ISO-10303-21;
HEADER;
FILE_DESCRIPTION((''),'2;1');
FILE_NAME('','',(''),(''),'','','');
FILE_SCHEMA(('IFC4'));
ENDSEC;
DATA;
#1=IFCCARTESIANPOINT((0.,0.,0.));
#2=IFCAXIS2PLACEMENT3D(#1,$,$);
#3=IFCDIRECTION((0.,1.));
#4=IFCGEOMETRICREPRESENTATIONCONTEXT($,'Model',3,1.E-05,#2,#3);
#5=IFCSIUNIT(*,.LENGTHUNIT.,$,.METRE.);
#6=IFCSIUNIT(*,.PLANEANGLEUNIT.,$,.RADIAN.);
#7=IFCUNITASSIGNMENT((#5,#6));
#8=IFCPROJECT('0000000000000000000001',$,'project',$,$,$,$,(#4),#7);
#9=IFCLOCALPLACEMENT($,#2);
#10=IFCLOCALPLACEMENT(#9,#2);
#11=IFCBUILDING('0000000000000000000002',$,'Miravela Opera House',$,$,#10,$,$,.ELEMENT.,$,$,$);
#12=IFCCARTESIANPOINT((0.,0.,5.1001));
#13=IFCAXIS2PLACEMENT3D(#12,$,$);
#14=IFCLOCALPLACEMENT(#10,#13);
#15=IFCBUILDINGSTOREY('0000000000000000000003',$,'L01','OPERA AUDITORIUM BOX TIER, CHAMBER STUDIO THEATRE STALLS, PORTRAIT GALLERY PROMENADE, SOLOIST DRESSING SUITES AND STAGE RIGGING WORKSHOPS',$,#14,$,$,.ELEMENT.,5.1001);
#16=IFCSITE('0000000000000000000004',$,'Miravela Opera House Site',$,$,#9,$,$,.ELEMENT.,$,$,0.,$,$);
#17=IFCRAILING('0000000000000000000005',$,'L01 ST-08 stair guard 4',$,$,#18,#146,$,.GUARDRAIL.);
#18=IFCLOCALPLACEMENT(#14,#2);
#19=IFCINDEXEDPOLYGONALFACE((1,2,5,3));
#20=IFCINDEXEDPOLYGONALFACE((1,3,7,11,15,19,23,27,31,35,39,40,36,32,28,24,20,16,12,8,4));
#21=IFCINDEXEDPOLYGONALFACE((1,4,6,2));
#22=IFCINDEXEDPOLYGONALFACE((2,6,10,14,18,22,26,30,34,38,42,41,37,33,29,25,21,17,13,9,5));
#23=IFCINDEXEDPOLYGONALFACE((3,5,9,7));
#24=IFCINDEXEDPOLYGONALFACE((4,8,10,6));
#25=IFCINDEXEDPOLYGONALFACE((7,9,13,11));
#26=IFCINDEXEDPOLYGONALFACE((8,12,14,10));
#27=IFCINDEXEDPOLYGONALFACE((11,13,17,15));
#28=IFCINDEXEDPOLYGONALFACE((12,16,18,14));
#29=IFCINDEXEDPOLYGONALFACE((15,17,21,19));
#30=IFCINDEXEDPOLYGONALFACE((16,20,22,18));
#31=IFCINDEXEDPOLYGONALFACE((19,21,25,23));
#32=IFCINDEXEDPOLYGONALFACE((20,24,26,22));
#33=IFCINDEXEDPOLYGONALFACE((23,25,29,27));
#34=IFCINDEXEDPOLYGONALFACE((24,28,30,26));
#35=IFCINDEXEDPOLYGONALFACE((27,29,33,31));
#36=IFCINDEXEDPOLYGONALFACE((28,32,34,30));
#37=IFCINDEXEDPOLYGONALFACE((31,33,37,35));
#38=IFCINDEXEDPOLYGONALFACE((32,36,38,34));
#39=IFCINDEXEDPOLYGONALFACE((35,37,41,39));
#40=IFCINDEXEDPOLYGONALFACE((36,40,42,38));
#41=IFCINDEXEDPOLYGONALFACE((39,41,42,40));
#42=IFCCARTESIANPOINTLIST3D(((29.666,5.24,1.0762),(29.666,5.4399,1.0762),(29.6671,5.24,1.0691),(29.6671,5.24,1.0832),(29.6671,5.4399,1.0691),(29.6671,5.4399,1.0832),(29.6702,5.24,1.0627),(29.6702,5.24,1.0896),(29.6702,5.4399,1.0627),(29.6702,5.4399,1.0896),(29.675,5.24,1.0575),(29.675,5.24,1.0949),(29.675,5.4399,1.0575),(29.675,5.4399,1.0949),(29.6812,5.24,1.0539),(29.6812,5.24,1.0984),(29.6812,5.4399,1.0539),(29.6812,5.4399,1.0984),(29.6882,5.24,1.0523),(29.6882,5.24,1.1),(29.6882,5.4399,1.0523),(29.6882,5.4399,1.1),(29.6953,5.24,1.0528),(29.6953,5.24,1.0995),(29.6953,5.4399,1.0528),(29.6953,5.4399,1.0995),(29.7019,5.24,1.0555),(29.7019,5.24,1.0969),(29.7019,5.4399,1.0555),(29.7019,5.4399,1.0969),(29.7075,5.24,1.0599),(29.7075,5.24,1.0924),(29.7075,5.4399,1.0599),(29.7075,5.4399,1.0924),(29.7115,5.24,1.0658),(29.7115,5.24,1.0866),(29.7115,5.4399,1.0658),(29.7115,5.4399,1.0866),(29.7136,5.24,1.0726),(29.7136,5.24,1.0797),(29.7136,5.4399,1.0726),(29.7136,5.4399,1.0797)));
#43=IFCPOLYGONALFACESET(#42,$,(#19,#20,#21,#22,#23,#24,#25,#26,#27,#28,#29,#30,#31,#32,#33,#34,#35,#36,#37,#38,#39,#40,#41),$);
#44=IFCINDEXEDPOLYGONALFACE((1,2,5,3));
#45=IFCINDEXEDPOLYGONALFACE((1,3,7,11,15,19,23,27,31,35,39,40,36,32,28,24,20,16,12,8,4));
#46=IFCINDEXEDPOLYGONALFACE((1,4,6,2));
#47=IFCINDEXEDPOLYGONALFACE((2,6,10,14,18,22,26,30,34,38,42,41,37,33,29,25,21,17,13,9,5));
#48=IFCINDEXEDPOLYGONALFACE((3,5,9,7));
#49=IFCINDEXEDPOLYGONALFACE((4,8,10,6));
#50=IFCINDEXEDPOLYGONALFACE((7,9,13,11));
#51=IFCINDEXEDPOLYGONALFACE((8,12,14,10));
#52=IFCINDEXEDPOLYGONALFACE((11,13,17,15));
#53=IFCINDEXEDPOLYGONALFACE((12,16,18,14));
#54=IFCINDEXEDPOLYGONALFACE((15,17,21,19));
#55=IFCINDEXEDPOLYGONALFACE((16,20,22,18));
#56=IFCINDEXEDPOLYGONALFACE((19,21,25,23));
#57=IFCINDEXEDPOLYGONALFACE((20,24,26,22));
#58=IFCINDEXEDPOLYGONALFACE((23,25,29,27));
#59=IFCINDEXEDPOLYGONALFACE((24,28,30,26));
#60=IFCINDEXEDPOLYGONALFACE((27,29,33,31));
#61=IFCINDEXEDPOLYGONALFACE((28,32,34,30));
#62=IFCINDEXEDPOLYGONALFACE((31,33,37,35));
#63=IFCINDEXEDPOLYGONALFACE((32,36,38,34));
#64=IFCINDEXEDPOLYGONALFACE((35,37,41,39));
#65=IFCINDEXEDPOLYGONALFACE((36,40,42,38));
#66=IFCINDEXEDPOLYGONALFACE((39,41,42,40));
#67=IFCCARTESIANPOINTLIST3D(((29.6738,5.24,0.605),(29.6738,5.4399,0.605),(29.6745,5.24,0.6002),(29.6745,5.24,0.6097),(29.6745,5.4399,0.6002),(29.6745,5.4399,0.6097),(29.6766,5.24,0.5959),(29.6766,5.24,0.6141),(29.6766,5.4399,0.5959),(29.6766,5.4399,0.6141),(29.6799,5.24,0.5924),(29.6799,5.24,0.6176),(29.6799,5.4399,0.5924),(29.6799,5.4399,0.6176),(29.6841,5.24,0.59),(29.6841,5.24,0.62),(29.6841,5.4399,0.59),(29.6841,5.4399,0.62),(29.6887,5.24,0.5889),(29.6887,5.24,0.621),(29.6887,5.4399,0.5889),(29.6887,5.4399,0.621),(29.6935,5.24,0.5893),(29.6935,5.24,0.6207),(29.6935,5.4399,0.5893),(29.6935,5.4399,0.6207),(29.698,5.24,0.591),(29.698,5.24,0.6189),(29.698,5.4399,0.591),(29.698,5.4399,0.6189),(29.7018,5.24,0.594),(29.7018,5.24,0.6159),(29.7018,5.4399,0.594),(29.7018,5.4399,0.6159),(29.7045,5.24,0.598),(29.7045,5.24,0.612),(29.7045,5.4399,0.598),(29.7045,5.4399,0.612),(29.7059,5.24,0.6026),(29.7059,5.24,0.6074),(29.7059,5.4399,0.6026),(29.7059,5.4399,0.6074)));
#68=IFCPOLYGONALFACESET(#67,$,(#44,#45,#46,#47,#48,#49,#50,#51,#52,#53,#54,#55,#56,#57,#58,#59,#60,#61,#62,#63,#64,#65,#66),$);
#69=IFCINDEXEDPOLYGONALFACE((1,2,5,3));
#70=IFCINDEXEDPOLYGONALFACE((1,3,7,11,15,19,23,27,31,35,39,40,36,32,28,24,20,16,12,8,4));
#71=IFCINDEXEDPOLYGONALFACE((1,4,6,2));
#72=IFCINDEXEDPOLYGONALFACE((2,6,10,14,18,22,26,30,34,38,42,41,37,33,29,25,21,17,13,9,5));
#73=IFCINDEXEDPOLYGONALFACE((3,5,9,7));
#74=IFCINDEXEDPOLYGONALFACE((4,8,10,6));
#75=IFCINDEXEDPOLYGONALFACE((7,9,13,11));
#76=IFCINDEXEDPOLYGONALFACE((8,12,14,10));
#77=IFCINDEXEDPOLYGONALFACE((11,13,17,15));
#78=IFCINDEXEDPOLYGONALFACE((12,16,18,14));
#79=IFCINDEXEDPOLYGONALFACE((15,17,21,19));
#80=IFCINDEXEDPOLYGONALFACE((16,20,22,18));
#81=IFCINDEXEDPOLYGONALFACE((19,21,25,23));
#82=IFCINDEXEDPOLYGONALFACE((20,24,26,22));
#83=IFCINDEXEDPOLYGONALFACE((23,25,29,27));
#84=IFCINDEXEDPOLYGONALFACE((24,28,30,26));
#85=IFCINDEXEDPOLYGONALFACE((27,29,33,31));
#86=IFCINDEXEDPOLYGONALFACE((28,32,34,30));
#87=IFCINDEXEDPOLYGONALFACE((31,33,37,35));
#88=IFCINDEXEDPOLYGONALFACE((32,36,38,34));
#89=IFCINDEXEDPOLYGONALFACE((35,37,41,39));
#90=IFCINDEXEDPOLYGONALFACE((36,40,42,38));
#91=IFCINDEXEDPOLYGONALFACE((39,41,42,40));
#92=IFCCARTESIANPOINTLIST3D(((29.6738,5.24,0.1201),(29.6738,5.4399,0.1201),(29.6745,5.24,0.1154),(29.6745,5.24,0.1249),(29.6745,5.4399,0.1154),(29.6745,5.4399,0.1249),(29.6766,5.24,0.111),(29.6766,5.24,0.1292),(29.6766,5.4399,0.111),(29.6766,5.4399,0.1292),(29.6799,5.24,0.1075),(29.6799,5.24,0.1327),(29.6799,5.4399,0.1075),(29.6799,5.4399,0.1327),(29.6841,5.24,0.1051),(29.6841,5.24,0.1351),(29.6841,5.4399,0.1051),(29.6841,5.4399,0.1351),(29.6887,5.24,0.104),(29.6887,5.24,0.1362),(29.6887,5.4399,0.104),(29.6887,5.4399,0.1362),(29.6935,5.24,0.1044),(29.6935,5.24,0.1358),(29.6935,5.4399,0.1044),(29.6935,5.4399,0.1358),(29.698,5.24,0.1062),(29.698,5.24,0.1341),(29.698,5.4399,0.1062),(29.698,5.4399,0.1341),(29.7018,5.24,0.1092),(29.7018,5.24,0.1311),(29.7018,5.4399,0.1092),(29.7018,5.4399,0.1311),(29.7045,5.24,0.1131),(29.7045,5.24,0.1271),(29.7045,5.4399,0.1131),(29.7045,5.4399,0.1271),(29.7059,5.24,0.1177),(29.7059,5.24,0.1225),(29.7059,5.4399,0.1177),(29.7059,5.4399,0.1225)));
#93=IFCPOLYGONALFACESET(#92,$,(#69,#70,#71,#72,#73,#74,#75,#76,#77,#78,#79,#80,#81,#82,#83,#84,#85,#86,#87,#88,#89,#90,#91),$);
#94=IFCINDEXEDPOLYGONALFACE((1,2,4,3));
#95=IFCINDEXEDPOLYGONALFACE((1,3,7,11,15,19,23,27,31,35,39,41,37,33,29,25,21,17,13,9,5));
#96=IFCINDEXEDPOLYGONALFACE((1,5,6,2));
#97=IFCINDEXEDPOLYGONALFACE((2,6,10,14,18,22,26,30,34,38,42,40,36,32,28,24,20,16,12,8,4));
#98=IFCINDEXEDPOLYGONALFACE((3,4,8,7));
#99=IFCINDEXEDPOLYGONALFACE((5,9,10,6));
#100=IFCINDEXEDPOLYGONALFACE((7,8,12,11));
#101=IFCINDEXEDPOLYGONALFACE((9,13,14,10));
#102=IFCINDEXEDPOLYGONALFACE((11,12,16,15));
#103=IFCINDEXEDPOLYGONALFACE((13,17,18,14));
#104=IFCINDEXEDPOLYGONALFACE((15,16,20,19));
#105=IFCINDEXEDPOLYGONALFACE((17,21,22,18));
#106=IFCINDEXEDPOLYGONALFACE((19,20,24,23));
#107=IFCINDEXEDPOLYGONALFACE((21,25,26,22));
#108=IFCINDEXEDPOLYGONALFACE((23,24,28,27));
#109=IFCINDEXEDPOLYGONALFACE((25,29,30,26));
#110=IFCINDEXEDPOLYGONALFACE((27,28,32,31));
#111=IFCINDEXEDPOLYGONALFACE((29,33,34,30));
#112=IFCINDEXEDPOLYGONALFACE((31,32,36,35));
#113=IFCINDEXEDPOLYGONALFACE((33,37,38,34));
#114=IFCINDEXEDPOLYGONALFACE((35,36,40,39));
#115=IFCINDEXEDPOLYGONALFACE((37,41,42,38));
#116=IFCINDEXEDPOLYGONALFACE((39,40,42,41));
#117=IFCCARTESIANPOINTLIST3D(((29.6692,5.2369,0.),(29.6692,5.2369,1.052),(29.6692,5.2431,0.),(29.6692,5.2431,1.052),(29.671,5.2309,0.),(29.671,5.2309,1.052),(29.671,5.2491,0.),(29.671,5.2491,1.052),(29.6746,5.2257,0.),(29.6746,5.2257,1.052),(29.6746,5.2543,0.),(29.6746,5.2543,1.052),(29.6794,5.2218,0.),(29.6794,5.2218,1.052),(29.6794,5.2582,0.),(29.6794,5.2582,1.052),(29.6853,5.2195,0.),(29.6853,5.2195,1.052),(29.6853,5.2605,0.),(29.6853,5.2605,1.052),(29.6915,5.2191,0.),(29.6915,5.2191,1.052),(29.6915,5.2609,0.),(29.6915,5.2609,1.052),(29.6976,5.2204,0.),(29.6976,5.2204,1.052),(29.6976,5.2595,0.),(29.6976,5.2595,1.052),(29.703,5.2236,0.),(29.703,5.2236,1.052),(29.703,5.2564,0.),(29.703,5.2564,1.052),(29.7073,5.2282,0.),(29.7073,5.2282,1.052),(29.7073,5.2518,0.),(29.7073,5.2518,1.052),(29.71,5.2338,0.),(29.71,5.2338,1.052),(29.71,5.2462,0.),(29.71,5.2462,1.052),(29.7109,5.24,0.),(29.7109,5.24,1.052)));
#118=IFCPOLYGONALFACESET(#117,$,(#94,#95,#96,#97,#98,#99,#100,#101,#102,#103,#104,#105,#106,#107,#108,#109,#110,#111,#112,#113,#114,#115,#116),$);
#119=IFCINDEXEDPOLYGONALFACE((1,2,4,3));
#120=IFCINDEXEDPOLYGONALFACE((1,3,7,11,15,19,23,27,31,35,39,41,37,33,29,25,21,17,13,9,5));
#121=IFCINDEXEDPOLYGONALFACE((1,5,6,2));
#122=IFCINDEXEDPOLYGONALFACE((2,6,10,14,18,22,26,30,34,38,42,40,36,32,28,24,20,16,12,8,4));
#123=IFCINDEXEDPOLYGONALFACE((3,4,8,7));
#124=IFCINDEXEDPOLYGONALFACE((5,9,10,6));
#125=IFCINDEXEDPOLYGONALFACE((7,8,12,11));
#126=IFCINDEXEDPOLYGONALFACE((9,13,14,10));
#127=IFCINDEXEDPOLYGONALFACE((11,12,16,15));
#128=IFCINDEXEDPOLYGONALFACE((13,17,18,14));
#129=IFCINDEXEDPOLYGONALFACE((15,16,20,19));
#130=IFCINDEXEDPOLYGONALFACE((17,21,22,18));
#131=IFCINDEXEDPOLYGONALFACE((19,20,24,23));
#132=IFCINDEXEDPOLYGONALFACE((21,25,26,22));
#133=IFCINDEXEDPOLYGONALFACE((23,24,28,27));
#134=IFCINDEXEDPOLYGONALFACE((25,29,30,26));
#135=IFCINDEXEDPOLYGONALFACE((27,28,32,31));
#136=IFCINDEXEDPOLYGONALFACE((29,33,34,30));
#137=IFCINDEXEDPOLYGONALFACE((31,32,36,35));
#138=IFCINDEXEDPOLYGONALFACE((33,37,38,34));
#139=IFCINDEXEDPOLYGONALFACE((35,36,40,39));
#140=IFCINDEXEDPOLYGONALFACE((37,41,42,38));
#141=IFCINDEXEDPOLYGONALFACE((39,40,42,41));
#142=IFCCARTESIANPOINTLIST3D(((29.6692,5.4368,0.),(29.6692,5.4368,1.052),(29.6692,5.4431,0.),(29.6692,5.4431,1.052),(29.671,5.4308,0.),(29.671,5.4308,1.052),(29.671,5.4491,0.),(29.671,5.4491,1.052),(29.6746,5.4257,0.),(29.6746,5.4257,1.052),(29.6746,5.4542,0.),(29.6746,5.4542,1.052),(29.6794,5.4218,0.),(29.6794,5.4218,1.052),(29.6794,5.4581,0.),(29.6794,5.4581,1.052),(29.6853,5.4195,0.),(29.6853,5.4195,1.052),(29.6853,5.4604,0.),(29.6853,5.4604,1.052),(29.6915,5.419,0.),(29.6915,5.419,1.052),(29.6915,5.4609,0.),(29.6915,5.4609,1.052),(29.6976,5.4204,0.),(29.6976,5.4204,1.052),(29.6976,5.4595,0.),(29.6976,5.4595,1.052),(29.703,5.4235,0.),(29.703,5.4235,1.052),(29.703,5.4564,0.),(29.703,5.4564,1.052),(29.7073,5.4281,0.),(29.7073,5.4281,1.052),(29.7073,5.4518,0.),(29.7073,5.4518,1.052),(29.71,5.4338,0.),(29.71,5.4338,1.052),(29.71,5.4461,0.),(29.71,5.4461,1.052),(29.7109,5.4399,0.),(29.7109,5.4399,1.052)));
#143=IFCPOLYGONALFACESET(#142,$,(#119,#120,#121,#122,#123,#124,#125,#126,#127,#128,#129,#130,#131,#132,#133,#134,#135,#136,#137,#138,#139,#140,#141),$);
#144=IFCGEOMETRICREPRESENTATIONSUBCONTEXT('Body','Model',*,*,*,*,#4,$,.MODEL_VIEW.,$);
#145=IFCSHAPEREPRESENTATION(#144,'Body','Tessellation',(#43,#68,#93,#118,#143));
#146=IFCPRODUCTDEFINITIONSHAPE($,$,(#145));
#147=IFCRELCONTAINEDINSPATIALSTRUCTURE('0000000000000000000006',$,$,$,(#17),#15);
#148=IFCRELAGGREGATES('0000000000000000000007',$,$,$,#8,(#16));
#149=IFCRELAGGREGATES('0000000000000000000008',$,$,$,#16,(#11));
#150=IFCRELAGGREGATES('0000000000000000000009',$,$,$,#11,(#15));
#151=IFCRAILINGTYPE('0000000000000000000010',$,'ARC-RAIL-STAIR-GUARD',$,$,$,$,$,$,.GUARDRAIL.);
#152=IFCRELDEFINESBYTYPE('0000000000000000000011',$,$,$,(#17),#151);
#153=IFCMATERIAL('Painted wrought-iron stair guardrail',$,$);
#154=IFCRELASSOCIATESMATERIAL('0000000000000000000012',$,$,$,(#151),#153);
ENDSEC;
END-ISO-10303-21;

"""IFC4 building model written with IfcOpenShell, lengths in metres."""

from ifc_helpers import new_model, si_unit, direction, frame, origin, origin_2d, place, context, subcontext, project, spatial, circle, extrude, material, type_object, element, save


model = new_model("IFC4")

# Units and contexts
model_context = context("Model", 3, precision=1e-05, world=origin(), true_north=direction((0.0, 1.0)))
body_context = subcontext(model_context, "Body", "Model", "MODEL_VIEW")
ifc_project = project(units=[si_unit("LENGTHUNIT", "METRE"), si_unit("PLANEANGLEUNIT", "RADIAN")], contexts=[model_context])

# Site, building, storey
site_placement = place(None, origin())
site = spatial("IfcSite", under=ifc_project, at=site_placement, Name="Miravela Opera House Site", CompositionType="ELEMENT", RefElevation=0.0)
building_placement = place(site_placement, origin())
building = spatial("IfcBuilding", under=site, at=building_placement, Name="Miravela Opera House", CompositionType="ELEMENT")
storey_placement = place(building_placement, frame((0.0, 0.0, 5.1001)))
storey = spatial("IfcBuildingStorey", under=building, at=storey_placement, Name="L01", Description="OPERA AUDITORIUM BOX TIER, CHAMBER STUDIO THEATRE STALLS, PORTRAIT GALLERY PROMENADE, SOLOIST DRESSING SUITES AND STAGE RIGGING WORKSHOPS", CompositionType="ELEMENT", Elevation=5.1001)

# Railing
ifc_material_1 = material(Name="Painted wrought-iron stair guardrail")
railing_type_1 = type_object("IfcRailingType", Name="ARC-RAIL-STAIR-GUARD", PredefinedType="GUARDRAIL", material=ifc_material_1)
railing_1_placement = place(storey_placement, frame((29.6899, 5.24, 0.0)))
element("IfcRailing", 1, at=railing_1_placement, inside=storey, type_object=railing_type_1, Name="L01 ST-08 stair guard 4", PredefinedType="GUARDRAIL", context=body_context, shape_type="SweptSolid", body=[
    extrude(circle(Radius=0.0239, at=origin_2d()), frame((0.0, 0.0, 1.0762), z_axis=(0.0, 1.0, 0.0), x_axis=(-1.0, 0.0, 0.0)), (0.0, 0.0, 1.0), 0.2),
    extrude(circle(Radius=0.0161, at=origin_2d()), frame((0.0, 0.0, 0.605), z_axis=(0.0, 1.0, 0.0), x_axis=(-1.0, 0.0, 0.0)), (0.0, 0.0, 1.0), 0.2),
    extrude(circle(Radius=0.0161, at=origin_2d()), frame((0.0, 0.0, 0.1201), z_axis=(0.0, 1.0, 0.0), x_axis=(-1.0, 0.0, 0.0)), (0.0, 0.0, 1.0), 0.2),
    extrude(circle(Radius=0.021, at=origin_2d()), origin(), (0.0, 0.0, 1.0), 1.052),
    extrude(circle(Radius=0.021, at=origin_2d()), frame((0.0, 0.2, 0.0)), (0.0, 0.0, 1.0), 1.052),
])

save(model, "model.ifc")
